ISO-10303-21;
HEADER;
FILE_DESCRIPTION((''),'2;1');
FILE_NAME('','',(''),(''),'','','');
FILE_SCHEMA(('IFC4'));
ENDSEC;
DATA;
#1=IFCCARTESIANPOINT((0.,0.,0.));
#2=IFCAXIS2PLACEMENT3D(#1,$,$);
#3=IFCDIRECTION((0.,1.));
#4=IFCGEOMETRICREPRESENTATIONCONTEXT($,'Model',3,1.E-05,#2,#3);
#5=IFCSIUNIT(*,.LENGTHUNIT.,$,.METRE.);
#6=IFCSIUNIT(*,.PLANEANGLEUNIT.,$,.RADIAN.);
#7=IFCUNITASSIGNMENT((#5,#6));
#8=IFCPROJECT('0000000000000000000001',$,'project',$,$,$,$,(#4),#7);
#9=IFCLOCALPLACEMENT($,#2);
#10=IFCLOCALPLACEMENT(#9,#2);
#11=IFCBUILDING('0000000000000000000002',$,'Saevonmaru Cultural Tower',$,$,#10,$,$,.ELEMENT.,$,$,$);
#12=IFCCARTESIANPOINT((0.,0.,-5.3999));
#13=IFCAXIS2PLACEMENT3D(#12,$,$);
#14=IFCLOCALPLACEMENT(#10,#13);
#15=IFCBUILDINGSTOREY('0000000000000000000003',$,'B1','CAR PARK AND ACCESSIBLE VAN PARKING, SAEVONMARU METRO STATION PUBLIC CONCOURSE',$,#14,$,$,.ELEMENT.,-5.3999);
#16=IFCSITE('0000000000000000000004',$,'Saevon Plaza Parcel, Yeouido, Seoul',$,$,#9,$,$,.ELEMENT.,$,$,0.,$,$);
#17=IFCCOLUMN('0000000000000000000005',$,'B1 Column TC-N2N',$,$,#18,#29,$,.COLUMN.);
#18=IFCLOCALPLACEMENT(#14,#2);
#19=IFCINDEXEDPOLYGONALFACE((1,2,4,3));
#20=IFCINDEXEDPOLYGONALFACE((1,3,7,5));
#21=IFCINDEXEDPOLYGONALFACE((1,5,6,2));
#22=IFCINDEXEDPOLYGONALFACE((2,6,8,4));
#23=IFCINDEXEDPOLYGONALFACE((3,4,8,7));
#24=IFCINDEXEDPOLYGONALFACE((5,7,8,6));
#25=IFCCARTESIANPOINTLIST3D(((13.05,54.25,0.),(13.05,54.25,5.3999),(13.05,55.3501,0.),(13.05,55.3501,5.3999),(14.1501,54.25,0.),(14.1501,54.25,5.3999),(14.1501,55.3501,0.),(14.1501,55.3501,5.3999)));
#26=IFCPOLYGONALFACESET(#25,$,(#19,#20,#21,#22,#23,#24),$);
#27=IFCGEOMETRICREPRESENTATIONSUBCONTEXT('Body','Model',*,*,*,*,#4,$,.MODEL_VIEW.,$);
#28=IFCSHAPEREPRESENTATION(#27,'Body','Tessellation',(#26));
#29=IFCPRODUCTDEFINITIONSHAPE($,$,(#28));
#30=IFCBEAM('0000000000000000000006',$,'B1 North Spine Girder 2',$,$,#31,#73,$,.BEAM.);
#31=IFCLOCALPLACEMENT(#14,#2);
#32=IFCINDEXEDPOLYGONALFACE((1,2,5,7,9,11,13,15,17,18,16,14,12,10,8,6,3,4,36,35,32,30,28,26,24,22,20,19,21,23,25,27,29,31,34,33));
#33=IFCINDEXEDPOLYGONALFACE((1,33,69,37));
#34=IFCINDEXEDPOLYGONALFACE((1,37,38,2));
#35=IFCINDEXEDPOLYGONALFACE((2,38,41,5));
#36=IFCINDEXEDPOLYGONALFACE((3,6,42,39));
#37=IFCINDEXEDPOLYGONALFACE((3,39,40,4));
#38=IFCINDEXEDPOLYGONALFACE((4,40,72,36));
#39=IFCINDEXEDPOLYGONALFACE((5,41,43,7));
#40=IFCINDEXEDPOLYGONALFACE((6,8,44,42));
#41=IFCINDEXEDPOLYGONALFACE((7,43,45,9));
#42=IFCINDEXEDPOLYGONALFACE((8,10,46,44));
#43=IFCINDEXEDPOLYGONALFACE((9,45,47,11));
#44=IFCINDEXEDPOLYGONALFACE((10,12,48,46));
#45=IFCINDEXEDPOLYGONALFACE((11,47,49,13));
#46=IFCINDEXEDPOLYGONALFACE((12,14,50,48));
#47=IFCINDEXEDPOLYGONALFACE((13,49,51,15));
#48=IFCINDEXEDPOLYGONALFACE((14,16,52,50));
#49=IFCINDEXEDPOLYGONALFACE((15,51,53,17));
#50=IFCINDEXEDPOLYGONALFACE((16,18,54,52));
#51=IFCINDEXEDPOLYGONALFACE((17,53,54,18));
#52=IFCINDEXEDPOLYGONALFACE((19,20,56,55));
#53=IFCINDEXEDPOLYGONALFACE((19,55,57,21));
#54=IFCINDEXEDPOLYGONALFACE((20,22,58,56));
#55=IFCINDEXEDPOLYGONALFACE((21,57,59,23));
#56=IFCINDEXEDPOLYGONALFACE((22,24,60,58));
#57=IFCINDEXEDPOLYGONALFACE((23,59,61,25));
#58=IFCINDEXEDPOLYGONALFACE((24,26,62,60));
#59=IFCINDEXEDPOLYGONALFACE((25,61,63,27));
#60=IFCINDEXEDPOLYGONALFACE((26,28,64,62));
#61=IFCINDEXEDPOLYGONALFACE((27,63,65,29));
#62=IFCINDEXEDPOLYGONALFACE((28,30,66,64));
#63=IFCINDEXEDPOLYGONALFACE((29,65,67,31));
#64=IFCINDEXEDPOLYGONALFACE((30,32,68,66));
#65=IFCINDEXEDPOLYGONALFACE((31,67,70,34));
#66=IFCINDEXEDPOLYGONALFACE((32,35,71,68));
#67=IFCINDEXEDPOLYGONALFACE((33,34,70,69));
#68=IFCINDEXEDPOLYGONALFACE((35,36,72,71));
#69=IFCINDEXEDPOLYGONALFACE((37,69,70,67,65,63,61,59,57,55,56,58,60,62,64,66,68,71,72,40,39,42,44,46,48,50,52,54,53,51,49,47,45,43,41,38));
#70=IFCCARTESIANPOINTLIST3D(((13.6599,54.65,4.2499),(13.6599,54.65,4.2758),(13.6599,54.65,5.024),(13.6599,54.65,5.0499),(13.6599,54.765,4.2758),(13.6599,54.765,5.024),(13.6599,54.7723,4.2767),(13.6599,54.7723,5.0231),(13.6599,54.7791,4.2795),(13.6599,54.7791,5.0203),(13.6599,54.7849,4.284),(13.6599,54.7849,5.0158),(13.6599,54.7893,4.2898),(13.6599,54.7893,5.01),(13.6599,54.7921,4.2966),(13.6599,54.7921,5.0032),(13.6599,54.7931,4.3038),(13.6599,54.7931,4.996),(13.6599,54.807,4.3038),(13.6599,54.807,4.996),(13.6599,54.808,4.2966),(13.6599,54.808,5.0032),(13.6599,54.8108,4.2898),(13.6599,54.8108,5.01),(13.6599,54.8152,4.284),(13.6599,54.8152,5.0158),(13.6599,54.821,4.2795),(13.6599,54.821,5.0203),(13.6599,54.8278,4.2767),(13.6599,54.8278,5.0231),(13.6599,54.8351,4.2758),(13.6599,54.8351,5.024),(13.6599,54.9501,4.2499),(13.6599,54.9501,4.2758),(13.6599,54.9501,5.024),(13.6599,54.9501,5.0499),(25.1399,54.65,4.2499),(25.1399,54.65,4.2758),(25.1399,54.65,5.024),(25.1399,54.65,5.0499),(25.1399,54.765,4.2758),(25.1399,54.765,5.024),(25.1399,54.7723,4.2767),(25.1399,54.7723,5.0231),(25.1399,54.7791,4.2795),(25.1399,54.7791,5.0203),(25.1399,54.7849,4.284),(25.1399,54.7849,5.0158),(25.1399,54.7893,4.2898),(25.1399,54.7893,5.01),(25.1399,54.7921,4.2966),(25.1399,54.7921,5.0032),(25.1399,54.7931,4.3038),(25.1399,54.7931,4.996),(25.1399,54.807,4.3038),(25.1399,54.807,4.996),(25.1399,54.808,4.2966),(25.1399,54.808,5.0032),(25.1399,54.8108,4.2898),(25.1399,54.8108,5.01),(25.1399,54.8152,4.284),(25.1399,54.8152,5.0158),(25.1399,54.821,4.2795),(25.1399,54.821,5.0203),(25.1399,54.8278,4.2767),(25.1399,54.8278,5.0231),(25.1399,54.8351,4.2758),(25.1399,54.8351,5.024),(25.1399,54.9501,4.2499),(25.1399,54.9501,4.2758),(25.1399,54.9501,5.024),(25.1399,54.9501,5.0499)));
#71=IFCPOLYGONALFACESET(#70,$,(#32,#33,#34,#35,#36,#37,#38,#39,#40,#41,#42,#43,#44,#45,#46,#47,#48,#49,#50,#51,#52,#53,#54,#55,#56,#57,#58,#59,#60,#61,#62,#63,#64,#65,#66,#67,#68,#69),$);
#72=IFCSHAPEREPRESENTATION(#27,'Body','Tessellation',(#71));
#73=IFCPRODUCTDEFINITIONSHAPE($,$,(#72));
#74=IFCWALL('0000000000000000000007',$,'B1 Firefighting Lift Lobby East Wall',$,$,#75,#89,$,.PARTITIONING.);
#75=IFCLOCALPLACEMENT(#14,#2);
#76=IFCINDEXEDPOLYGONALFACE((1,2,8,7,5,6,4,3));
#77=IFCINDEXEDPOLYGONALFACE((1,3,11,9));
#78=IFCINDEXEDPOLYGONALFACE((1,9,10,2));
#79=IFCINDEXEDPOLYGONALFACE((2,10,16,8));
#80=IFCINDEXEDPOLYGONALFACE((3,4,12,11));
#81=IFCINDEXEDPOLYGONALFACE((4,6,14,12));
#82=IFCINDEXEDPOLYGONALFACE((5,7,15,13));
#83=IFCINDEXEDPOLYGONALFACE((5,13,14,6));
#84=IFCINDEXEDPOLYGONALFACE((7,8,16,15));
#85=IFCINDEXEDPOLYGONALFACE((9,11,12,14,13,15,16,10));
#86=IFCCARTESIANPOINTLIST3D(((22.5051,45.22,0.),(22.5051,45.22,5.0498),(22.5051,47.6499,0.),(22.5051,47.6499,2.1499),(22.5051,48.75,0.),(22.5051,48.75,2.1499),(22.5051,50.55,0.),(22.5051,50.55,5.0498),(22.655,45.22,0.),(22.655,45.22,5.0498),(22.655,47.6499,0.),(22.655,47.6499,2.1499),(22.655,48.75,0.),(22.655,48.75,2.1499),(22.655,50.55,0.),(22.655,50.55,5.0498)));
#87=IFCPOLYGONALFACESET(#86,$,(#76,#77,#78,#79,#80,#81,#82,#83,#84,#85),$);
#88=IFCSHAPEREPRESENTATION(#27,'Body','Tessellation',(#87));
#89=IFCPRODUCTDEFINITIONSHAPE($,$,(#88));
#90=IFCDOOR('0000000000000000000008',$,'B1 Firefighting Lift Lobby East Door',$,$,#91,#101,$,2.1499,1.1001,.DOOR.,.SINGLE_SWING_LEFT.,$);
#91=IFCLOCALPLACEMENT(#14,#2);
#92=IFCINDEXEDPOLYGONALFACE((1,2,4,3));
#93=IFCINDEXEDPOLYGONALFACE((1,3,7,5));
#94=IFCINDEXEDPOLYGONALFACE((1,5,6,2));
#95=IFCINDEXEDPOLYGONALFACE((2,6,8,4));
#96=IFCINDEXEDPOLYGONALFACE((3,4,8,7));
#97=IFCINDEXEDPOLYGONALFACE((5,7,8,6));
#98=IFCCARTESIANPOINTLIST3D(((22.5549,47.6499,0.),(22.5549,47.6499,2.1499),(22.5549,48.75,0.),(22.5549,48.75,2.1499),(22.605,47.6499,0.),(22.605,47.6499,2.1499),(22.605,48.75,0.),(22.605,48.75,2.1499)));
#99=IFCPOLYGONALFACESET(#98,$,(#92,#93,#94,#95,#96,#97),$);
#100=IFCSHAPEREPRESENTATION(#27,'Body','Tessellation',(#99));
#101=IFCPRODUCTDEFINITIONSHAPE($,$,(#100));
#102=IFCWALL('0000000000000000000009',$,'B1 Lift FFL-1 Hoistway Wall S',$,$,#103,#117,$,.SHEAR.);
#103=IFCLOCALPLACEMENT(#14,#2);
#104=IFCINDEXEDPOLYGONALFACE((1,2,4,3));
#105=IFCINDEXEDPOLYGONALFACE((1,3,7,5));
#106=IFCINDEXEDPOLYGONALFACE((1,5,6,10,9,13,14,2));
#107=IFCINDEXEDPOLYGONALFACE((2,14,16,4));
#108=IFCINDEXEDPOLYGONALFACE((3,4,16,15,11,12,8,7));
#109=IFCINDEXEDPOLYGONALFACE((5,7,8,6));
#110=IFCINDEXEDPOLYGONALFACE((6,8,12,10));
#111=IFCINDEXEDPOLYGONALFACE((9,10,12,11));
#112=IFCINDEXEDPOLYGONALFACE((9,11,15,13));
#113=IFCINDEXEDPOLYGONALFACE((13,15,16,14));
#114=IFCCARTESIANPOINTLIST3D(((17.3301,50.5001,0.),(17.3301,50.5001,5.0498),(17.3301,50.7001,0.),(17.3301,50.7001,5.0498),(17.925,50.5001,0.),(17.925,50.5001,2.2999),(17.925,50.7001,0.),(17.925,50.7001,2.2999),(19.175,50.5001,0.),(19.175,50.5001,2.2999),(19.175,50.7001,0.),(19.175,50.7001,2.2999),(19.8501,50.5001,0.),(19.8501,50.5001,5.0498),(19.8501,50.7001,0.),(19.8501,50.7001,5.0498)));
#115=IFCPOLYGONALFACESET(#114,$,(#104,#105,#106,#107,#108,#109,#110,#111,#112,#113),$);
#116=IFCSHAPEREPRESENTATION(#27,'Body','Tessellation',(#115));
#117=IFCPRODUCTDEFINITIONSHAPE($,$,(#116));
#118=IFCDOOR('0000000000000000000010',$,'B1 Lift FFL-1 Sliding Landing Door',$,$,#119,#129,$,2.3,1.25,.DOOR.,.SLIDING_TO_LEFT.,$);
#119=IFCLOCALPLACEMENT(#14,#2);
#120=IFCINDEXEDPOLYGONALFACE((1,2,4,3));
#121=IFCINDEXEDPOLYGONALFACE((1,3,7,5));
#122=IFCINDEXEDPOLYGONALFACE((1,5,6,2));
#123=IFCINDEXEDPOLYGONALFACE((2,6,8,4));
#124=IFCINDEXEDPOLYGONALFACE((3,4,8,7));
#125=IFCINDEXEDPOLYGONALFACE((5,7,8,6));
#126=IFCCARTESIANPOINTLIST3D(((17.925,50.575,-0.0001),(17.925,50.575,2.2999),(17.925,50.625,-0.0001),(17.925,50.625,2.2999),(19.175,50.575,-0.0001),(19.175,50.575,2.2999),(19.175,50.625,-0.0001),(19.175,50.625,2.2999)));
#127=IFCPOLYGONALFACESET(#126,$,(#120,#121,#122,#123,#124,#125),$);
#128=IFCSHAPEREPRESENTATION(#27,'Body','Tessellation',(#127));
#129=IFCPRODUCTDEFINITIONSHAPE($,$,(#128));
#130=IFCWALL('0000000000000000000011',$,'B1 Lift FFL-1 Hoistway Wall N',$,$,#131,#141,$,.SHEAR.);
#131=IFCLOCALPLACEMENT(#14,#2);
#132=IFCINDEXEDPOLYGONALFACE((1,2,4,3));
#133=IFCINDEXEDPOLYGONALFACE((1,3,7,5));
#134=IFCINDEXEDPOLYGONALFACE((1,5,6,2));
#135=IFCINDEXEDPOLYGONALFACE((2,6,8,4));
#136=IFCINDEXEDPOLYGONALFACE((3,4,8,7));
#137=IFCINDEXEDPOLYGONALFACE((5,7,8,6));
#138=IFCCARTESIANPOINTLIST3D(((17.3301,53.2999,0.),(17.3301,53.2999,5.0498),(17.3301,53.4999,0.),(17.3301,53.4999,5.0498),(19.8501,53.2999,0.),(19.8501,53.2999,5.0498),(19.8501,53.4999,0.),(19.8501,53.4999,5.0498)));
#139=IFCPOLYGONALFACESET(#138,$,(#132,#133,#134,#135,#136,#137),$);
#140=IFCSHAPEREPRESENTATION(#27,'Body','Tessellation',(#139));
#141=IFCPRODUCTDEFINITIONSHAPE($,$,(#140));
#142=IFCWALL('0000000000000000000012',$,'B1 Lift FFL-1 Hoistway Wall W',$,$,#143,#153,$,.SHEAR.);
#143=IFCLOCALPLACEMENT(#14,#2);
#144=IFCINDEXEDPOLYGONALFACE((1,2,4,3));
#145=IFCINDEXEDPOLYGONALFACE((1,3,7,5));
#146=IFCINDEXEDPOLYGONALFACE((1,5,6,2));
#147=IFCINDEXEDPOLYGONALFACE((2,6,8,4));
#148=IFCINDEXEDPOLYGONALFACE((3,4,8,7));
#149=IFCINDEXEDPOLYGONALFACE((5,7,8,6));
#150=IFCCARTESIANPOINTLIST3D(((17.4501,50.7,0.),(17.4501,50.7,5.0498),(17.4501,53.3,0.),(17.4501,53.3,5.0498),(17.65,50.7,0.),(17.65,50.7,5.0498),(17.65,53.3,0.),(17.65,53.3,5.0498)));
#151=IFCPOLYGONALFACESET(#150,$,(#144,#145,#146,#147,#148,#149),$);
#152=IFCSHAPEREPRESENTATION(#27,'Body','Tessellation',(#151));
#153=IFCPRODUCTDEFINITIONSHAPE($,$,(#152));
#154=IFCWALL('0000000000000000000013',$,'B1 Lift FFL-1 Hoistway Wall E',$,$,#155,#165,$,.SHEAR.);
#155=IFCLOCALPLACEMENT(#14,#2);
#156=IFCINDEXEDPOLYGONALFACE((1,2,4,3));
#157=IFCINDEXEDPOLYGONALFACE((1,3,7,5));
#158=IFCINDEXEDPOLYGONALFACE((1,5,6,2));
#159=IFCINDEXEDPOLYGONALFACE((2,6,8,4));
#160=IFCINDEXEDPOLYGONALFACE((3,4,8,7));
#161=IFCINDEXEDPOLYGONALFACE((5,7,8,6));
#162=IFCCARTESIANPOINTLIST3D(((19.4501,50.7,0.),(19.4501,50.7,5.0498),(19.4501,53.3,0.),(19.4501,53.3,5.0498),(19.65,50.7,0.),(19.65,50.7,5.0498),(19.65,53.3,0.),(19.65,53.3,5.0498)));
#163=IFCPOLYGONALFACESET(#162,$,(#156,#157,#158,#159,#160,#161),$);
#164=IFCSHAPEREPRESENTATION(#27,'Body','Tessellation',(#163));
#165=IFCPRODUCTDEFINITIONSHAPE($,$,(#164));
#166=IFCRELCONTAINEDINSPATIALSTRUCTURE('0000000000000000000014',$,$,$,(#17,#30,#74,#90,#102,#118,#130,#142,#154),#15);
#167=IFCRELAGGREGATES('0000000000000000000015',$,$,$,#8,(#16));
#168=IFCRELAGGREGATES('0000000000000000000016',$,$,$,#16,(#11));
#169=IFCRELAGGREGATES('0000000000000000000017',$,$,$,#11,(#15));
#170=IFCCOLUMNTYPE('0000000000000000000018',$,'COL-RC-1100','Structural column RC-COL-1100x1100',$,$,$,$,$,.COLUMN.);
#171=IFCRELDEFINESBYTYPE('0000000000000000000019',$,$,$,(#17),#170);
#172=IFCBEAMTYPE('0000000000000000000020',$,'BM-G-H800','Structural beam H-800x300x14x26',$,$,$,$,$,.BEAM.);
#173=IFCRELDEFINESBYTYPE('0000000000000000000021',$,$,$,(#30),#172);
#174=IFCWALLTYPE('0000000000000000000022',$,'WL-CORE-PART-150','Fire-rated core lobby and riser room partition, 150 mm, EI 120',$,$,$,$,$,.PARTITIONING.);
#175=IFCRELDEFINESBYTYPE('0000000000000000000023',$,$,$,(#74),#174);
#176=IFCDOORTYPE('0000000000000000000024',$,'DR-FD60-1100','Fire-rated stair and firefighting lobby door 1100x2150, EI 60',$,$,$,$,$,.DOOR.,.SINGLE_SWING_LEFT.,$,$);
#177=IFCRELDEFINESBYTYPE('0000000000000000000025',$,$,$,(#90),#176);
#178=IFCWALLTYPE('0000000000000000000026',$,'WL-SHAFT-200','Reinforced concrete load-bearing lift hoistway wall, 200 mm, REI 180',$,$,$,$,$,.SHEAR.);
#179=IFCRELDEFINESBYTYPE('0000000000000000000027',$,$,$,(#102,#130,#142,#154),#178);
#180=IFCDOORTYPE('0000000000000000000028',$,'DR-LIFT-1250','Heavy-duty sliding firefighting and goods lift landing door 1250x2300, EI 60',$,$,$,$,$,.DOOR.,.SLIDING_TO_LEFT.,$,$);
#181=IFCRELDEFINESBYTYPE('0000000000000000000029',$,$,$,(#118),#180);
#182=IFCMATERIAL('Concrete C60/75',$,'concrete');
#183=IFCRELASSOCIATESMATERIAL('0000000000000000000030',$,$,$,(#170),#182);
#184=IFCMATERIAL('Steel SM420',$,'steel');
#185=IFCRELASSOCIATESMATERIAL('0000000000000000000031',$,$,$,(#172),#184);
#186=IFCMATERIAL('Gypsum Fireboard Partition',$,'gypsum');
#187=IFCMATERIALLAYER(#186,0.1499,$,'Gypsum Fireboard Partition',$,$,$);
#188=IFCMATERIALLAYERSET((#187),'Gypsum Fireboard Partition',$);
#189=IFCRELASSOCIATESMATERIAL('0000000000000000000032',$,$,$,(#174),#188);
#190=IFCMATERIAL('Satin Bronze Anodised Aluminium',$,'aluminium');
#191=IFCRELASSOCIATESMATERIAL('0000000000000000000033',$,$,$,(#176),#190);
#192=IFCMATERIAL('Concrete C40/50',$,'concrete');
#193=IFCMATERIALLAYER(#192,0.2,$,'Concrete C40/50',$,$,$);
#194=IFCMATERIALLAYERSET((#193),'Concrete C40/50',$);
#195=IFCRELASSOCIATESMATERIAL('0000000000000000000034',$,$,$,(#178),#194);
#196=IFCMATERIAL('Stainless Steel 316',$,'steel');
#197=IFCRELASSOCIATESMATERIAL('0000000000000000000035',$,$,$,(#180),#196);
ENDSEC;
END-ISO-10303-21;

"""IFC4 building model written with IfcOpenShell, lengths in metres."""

from ifc_helpers import new_model, si_unit, direction, frame, frame_2d, origin, origin_2d, place, context, subcontext, project, spatial, rectangle, i_section, extrude, material, layer, layer_set, material_profile, profile_set, type_object, element, fill, save


model = new_model("IFC4")

# Units and contexts
model_context = context("Model", 3, precision=1e-05, world=origin(), true_north=direction((0.0, 1.0)))
body_context = subcontext(model_context, "Body", "Model", "MODEL_VIEW")
ifc_project = project(units=[si_unit("LENGTHUNIT", "METRE"), si_unit("PLANEANGLEUNIT", "RADIAN")], contexts=[model_context])

# Site, building, storey
site_placement = place(None, origin())
site = spatial("IfcSite", under=ifc_project, at=site_placement, Name="Saevon Plaza Parcel, Yeouido, Seoul", CompositionType="ELEMENT", RefElevation=0.0)
building_placement = place(site_placement, origin())
building = spatial("IfcBuilding", under=site, at=building_placement, Name="Saevonmaru Cultural Tower", CompositionType="ELEMENT")
storey_placement = place(building_placement, frame((0.0, 0.0, -5.3999)))
storey = spatial("IfcBuildingStorey", under=building, at=storey_placement, Name="B1", Description="CAR PARK AND ACCESSIBLE VAN PARKING, SAEVONMARU METRO STATION PUBLIC CONCOURSE", CompositionType="ELEMENT", Elevation=-5.3999)

# Column
ifc_material_1 = material(Name="Concrete C60/75", Category="concrete")
ifc_material_profile_1 = material_profile(ifc_material_1, rectangle(XDim=1.1001, YDim=1.1001, at=origin_2d()), Name="RC-COL-1100x1100")
ifc_profile_set_1 = profile_set([ifc_material_profile_1], Name="Concrete C60/75")
column_type = type_object("IfcColumnType", Name="COL-RC-1100", Description="Structural column RC-COL-1100x1100", PredefinedType="COLUMN", material=ifc_profile_set_1)
column_placement = place(storey_placement, frame((13.6001, 54.8, 0.0), z_axis=(0.0, 0.0, 1.0), x_axis=(1.0, 0.0, 0.0)))
element("IfcColumn", 1, at=column_placement, inside=storey, type_object=column_type, Name="B1 Column TC-N2N", PredefinedType="COLUMN", context=body_context, shape_type="SweptSolid", body=[
    extrude(rectangle(XDim=1.1001, YDim=1.1001, at=origin_2d()), origin(), (0.0, 0.0, 1.0), 5.3999),
])

# Beam
ifc_material_2 = material(Name="Steel SM420", Category="steel")
ifc_material_profile_2 = material_profile(ifc_material_2, i_section(OverallWidth=0.3, OverallDepth=0.8, WebThickness=0.0139, FlangeThickness=0.0259, FilletRadius=0.0281, at=origin_2d()), Name="H-800x300x14x26")
ifc_profile_set_2 = profile_set([ifc_material_profile_2], Name="Steel SM420")
beam_type = type_object("IfcBeamType", Name="BM-G-H800", Description="Structural beam H-800x300x14x26", PredefinedType="BEAM", material=ifc_profile_set_2)
beam_placement = place(storey_placement, frame((13.6599, 54.8, 4.6499), z_axis=(1.0, 0.0, 0.0), x_axis=(0.0, 1.0, 0.0)))
element("IfcBeam", 2, at=beam_placement, inside=storey, type_object=beam_type, Name="B1 North Spine Girder 2", PredefinedType="BEAM", context=body_context, shape_type="SweptSolid", body=[
    extrude(i_section(OverallWidth=0.3, OverallDepth=0.8, WebThickness=0.0139, FlangeThickness=0.0259, FilletRadius=0.0281, at=origin_2d()), origin(), (0.0, 0.0, 1.0), 11.48),
])

# Walls, openings, doors
ifc_material_3 = material(Name="Gypsum Fireboard Partition", Category="gypsum")
ifc_layer_1 = layer(ifc_material_3, 0.1499, Name="Gypsum Fireboard Partition")
ifc_layer_set_1 = layer_set([ifc_layer_1], Name="Gypsum Fireboard Partition")
wall_type_1 = type_object("IfcWallType", Name="WL-CORE-PART-150", Description="Fire-rated core lobby and riser room partition, 150 mm, EI 120", PredefinedType="PARTITIONING", material=ifc_layer_set_1)
wall_1_placement = place(storey_placement, frame((22.5801, 50.55, 0.0), z_axis=(0.0, 0.0, 1.0), x_axis=(0.0, -1.0, 0.0)))
wall_1 = element("IfcWall", 3, at=wall_1_placement, inside=storey, type_object=wall_type_1, Name="B1 Firefighting Lift Lobby East Wall", PredefinedType="PARTITIONING", context=body_context, shape_type="SweptSolid", body=[
    extrude(rectangle(XDim=5.3301, YDim=0.1499, at=frame_2d((2.665, 0.0))), origin(), (0.0, 0.0, 1.0), 5.0498),
])
opening_1_placement = place(wall_1_placement, frame((1.8, 0.0, 0.0)))
opening_1 = element("IfcOpeningElement", 4, at=opening_1_placement, cuts=wall_1, PredefinedType="OPENING", context=body_context, shape_type="SweptSolid", body=[
    extrude(rectangle(XDim=1.1001, YDim=2.1499, at=frame_2d((0.55, 1.075))), frame((0.0, 0.085, 0.0), z_axis=(0.0, -1.0, 0.0), x_axis=(1.0, 0.0, 0.0)), (0.0, 0.0, 1.0), 0.1699),
])
ifc_material_4 = material(Name="Satin Bronze Anodised Aluminium", Category="aluminium")
door_type_1 = type_object("IfcDoorType", Name="DR-FD60-1100", Description="Fire-rated stair and firefighting lobby door 1100x2150, EI 60", OperationType="SINGLE_SWING_LEFT", PredefinedType="DOOR", material=ifc_material_4)
door_1_placement = place(opening_1_placement, origin())
door_1 = element("IfcDoor", 5, at=door_1_placement, inside=storey, type_object=door_type_1, Name="B1 Firefighting Lift Lobby East Door", OperationType="SINGLE_SWING_LEFT", OverallHeight=2.1499, OverallWidth=1.1001, PredefinedType="DOOR", context=body_context, shape_type="SweptSolid", body=[
    extrude(rectangle(XDim=1.1001, YDim=2.1499, at=frame_2d((0.55, 1.075))), frame((0.0, 0.0249, 0.0), z_axis=(0.0, -1.0, 0.0), x_axis=(1.0, 0.0, 0.0)), (0.0, 0.0, 1.0), 0.05),
])
fill(opening_1, door_1)
ifc_material_5 = material(Name="Concrete C40/50", Category="concrete")
ifc_layer_2 = layer(ifc_material_5, 0.2, Name="Concrete C40/50")
ifc_layer_set_2 = layer_set([ifc_layer_2], Name="Concrete C40/50")
wall_type_2 = type_object("IfcWallType", Name="WL-SHAFT-200", Description="Reinforced concrete load-bearing lift hoistway wall, 200 mm, REI 180", PredefinedType="SHEAR", material=ifc_layer_set_2)
wall_2_placement = place(storey_placement, frame((17.3301, 50.6001, 0.0), z_axis=(0.0, 0.0, 1.0), x_axis=(1.0, 0.0, 0.0)))
wall_2 = element("IfcWall", 6, at=wall_2_placement, inside=storey, type_object=wall_type_2, Name="B1 Lift FFL-1 Hoistway Wall S", PredefinedType="SHEAR", context=body_context, shape_type="SweptSolid", body=[
    extrude(rectangle(XDim=2.52, YDim=0.2, at=frame_2d((1.26, 0.0))), origin(), (0.0, 0.0, 1.0), 5.0498),
])
opening_2_placement = place(wall_2_placement, frame((0.595, 0.0, 0.0)))
opening_2 = element("IfcOpeningElement", 7, at=opening_2_placement, cuts=wall_2, PredefinedType="OPENING", context=body_context, shape_type="SweptSolid", body=[
    extrude(rectangle(XDim=1.25, YDim=2.3, at=frame_2d((0.625, 1.1499))), frame((0.0, 0.1099, 0.0), z_axis=(0.0, -1.0, 0.0), x_axis=(1.0, 0.0, 0.0)), (0.0, 0.0, 1.0), 0.22),
])
ifc_material_6 = material(Name="Stainless Steel 316", Category="steel")
door_type_2 = type_object("IfcDoorType", Name="DR-LIFT-1250", Description="Heavy-duty sliding firefighting and goods lift landing door 1250x2300, EI 60", OperationType="SLIDING_TO_LEFT", PredefinedType="DOOR", material=ifc_material_6)
door_2_placement = place(opening_2_placement, origin())
door_2 = element("IfcDoor", 8, at=door_2_placement, inside=storey, type_object=door_type_2, Name="B1 Lift FFL-1 Sliding Landing Door", OperationType="SLIDING_TO_LEFT", OverallHeight=2.3, OverallWidth=1.25, PredefinedType="DOOR", context=body_context, shape_type="SweptSolid", body=[
    extrude(rectangle(XDim=1.25, YDim=2.3, at=frame_2d((0.625, 1.1499))), frame((0.0, 0.0249, 0.0), z_axis=(0.0, -1.0, 0.0), x_axis=(1.0, 0.0, 0.0)), (0.0, 0.0, 1.0), 0.05),
])
fill(opening_2, door_2)

# Walls
wall_3_placement = place(storey_placement, frame((17.3301, 53.3999, 0.0), z_axis=(0.0, 0.0, 1.0), x_axis=(1.0, 0.0, 0.0)))
element("IfcWall", 9, at=wall_3_placement, inside=storey, type_object=wall_type_2, Name="B1 Lift FFL-1 Hoistway Wall N", PredefinedType="SHEAR", context=body_context, shape_type="SweptSolid", body=[
    extrude(rectangle(XDim=2.52, YDim=0.2, at=frame_2d((1.26, 0.0))), origin(), (0.0, 0.0, 1.0), 5.0498),
])
for number, where, z_axis, x_axis, name in (
    (10, (17.55, 50.7, 0.0), (0.0, 0.0, 1.0), (0.0, 1.0, 0.0), "B1 Lift FFL-1 Hoistway Wall W"),
    (11, (19.55, 50.7, 0.0), (0.0, 0.0, 1.0), (0.0, 1.0, 0.0), "B1 Lift FFL-1 Hoistway Wall E"),
):
    element("IfcWall", number, at=place(storey_placement, frame(where, z_axis=z_axis, x_axis=x_axis)), inside=storey, type_object=wall_type_2, Name=name, PredefinedType="SHEAR", context=body_context, shape_type="SweptSolid", body=[
        extrude(rectangle(XDim=2.6001, YDim=0.2, at=frame_2d((1.3, 0.0))), origin(), (0.0, 0.0, 1.0), 5.0498),
    ])

save(model, "model.ifc")
